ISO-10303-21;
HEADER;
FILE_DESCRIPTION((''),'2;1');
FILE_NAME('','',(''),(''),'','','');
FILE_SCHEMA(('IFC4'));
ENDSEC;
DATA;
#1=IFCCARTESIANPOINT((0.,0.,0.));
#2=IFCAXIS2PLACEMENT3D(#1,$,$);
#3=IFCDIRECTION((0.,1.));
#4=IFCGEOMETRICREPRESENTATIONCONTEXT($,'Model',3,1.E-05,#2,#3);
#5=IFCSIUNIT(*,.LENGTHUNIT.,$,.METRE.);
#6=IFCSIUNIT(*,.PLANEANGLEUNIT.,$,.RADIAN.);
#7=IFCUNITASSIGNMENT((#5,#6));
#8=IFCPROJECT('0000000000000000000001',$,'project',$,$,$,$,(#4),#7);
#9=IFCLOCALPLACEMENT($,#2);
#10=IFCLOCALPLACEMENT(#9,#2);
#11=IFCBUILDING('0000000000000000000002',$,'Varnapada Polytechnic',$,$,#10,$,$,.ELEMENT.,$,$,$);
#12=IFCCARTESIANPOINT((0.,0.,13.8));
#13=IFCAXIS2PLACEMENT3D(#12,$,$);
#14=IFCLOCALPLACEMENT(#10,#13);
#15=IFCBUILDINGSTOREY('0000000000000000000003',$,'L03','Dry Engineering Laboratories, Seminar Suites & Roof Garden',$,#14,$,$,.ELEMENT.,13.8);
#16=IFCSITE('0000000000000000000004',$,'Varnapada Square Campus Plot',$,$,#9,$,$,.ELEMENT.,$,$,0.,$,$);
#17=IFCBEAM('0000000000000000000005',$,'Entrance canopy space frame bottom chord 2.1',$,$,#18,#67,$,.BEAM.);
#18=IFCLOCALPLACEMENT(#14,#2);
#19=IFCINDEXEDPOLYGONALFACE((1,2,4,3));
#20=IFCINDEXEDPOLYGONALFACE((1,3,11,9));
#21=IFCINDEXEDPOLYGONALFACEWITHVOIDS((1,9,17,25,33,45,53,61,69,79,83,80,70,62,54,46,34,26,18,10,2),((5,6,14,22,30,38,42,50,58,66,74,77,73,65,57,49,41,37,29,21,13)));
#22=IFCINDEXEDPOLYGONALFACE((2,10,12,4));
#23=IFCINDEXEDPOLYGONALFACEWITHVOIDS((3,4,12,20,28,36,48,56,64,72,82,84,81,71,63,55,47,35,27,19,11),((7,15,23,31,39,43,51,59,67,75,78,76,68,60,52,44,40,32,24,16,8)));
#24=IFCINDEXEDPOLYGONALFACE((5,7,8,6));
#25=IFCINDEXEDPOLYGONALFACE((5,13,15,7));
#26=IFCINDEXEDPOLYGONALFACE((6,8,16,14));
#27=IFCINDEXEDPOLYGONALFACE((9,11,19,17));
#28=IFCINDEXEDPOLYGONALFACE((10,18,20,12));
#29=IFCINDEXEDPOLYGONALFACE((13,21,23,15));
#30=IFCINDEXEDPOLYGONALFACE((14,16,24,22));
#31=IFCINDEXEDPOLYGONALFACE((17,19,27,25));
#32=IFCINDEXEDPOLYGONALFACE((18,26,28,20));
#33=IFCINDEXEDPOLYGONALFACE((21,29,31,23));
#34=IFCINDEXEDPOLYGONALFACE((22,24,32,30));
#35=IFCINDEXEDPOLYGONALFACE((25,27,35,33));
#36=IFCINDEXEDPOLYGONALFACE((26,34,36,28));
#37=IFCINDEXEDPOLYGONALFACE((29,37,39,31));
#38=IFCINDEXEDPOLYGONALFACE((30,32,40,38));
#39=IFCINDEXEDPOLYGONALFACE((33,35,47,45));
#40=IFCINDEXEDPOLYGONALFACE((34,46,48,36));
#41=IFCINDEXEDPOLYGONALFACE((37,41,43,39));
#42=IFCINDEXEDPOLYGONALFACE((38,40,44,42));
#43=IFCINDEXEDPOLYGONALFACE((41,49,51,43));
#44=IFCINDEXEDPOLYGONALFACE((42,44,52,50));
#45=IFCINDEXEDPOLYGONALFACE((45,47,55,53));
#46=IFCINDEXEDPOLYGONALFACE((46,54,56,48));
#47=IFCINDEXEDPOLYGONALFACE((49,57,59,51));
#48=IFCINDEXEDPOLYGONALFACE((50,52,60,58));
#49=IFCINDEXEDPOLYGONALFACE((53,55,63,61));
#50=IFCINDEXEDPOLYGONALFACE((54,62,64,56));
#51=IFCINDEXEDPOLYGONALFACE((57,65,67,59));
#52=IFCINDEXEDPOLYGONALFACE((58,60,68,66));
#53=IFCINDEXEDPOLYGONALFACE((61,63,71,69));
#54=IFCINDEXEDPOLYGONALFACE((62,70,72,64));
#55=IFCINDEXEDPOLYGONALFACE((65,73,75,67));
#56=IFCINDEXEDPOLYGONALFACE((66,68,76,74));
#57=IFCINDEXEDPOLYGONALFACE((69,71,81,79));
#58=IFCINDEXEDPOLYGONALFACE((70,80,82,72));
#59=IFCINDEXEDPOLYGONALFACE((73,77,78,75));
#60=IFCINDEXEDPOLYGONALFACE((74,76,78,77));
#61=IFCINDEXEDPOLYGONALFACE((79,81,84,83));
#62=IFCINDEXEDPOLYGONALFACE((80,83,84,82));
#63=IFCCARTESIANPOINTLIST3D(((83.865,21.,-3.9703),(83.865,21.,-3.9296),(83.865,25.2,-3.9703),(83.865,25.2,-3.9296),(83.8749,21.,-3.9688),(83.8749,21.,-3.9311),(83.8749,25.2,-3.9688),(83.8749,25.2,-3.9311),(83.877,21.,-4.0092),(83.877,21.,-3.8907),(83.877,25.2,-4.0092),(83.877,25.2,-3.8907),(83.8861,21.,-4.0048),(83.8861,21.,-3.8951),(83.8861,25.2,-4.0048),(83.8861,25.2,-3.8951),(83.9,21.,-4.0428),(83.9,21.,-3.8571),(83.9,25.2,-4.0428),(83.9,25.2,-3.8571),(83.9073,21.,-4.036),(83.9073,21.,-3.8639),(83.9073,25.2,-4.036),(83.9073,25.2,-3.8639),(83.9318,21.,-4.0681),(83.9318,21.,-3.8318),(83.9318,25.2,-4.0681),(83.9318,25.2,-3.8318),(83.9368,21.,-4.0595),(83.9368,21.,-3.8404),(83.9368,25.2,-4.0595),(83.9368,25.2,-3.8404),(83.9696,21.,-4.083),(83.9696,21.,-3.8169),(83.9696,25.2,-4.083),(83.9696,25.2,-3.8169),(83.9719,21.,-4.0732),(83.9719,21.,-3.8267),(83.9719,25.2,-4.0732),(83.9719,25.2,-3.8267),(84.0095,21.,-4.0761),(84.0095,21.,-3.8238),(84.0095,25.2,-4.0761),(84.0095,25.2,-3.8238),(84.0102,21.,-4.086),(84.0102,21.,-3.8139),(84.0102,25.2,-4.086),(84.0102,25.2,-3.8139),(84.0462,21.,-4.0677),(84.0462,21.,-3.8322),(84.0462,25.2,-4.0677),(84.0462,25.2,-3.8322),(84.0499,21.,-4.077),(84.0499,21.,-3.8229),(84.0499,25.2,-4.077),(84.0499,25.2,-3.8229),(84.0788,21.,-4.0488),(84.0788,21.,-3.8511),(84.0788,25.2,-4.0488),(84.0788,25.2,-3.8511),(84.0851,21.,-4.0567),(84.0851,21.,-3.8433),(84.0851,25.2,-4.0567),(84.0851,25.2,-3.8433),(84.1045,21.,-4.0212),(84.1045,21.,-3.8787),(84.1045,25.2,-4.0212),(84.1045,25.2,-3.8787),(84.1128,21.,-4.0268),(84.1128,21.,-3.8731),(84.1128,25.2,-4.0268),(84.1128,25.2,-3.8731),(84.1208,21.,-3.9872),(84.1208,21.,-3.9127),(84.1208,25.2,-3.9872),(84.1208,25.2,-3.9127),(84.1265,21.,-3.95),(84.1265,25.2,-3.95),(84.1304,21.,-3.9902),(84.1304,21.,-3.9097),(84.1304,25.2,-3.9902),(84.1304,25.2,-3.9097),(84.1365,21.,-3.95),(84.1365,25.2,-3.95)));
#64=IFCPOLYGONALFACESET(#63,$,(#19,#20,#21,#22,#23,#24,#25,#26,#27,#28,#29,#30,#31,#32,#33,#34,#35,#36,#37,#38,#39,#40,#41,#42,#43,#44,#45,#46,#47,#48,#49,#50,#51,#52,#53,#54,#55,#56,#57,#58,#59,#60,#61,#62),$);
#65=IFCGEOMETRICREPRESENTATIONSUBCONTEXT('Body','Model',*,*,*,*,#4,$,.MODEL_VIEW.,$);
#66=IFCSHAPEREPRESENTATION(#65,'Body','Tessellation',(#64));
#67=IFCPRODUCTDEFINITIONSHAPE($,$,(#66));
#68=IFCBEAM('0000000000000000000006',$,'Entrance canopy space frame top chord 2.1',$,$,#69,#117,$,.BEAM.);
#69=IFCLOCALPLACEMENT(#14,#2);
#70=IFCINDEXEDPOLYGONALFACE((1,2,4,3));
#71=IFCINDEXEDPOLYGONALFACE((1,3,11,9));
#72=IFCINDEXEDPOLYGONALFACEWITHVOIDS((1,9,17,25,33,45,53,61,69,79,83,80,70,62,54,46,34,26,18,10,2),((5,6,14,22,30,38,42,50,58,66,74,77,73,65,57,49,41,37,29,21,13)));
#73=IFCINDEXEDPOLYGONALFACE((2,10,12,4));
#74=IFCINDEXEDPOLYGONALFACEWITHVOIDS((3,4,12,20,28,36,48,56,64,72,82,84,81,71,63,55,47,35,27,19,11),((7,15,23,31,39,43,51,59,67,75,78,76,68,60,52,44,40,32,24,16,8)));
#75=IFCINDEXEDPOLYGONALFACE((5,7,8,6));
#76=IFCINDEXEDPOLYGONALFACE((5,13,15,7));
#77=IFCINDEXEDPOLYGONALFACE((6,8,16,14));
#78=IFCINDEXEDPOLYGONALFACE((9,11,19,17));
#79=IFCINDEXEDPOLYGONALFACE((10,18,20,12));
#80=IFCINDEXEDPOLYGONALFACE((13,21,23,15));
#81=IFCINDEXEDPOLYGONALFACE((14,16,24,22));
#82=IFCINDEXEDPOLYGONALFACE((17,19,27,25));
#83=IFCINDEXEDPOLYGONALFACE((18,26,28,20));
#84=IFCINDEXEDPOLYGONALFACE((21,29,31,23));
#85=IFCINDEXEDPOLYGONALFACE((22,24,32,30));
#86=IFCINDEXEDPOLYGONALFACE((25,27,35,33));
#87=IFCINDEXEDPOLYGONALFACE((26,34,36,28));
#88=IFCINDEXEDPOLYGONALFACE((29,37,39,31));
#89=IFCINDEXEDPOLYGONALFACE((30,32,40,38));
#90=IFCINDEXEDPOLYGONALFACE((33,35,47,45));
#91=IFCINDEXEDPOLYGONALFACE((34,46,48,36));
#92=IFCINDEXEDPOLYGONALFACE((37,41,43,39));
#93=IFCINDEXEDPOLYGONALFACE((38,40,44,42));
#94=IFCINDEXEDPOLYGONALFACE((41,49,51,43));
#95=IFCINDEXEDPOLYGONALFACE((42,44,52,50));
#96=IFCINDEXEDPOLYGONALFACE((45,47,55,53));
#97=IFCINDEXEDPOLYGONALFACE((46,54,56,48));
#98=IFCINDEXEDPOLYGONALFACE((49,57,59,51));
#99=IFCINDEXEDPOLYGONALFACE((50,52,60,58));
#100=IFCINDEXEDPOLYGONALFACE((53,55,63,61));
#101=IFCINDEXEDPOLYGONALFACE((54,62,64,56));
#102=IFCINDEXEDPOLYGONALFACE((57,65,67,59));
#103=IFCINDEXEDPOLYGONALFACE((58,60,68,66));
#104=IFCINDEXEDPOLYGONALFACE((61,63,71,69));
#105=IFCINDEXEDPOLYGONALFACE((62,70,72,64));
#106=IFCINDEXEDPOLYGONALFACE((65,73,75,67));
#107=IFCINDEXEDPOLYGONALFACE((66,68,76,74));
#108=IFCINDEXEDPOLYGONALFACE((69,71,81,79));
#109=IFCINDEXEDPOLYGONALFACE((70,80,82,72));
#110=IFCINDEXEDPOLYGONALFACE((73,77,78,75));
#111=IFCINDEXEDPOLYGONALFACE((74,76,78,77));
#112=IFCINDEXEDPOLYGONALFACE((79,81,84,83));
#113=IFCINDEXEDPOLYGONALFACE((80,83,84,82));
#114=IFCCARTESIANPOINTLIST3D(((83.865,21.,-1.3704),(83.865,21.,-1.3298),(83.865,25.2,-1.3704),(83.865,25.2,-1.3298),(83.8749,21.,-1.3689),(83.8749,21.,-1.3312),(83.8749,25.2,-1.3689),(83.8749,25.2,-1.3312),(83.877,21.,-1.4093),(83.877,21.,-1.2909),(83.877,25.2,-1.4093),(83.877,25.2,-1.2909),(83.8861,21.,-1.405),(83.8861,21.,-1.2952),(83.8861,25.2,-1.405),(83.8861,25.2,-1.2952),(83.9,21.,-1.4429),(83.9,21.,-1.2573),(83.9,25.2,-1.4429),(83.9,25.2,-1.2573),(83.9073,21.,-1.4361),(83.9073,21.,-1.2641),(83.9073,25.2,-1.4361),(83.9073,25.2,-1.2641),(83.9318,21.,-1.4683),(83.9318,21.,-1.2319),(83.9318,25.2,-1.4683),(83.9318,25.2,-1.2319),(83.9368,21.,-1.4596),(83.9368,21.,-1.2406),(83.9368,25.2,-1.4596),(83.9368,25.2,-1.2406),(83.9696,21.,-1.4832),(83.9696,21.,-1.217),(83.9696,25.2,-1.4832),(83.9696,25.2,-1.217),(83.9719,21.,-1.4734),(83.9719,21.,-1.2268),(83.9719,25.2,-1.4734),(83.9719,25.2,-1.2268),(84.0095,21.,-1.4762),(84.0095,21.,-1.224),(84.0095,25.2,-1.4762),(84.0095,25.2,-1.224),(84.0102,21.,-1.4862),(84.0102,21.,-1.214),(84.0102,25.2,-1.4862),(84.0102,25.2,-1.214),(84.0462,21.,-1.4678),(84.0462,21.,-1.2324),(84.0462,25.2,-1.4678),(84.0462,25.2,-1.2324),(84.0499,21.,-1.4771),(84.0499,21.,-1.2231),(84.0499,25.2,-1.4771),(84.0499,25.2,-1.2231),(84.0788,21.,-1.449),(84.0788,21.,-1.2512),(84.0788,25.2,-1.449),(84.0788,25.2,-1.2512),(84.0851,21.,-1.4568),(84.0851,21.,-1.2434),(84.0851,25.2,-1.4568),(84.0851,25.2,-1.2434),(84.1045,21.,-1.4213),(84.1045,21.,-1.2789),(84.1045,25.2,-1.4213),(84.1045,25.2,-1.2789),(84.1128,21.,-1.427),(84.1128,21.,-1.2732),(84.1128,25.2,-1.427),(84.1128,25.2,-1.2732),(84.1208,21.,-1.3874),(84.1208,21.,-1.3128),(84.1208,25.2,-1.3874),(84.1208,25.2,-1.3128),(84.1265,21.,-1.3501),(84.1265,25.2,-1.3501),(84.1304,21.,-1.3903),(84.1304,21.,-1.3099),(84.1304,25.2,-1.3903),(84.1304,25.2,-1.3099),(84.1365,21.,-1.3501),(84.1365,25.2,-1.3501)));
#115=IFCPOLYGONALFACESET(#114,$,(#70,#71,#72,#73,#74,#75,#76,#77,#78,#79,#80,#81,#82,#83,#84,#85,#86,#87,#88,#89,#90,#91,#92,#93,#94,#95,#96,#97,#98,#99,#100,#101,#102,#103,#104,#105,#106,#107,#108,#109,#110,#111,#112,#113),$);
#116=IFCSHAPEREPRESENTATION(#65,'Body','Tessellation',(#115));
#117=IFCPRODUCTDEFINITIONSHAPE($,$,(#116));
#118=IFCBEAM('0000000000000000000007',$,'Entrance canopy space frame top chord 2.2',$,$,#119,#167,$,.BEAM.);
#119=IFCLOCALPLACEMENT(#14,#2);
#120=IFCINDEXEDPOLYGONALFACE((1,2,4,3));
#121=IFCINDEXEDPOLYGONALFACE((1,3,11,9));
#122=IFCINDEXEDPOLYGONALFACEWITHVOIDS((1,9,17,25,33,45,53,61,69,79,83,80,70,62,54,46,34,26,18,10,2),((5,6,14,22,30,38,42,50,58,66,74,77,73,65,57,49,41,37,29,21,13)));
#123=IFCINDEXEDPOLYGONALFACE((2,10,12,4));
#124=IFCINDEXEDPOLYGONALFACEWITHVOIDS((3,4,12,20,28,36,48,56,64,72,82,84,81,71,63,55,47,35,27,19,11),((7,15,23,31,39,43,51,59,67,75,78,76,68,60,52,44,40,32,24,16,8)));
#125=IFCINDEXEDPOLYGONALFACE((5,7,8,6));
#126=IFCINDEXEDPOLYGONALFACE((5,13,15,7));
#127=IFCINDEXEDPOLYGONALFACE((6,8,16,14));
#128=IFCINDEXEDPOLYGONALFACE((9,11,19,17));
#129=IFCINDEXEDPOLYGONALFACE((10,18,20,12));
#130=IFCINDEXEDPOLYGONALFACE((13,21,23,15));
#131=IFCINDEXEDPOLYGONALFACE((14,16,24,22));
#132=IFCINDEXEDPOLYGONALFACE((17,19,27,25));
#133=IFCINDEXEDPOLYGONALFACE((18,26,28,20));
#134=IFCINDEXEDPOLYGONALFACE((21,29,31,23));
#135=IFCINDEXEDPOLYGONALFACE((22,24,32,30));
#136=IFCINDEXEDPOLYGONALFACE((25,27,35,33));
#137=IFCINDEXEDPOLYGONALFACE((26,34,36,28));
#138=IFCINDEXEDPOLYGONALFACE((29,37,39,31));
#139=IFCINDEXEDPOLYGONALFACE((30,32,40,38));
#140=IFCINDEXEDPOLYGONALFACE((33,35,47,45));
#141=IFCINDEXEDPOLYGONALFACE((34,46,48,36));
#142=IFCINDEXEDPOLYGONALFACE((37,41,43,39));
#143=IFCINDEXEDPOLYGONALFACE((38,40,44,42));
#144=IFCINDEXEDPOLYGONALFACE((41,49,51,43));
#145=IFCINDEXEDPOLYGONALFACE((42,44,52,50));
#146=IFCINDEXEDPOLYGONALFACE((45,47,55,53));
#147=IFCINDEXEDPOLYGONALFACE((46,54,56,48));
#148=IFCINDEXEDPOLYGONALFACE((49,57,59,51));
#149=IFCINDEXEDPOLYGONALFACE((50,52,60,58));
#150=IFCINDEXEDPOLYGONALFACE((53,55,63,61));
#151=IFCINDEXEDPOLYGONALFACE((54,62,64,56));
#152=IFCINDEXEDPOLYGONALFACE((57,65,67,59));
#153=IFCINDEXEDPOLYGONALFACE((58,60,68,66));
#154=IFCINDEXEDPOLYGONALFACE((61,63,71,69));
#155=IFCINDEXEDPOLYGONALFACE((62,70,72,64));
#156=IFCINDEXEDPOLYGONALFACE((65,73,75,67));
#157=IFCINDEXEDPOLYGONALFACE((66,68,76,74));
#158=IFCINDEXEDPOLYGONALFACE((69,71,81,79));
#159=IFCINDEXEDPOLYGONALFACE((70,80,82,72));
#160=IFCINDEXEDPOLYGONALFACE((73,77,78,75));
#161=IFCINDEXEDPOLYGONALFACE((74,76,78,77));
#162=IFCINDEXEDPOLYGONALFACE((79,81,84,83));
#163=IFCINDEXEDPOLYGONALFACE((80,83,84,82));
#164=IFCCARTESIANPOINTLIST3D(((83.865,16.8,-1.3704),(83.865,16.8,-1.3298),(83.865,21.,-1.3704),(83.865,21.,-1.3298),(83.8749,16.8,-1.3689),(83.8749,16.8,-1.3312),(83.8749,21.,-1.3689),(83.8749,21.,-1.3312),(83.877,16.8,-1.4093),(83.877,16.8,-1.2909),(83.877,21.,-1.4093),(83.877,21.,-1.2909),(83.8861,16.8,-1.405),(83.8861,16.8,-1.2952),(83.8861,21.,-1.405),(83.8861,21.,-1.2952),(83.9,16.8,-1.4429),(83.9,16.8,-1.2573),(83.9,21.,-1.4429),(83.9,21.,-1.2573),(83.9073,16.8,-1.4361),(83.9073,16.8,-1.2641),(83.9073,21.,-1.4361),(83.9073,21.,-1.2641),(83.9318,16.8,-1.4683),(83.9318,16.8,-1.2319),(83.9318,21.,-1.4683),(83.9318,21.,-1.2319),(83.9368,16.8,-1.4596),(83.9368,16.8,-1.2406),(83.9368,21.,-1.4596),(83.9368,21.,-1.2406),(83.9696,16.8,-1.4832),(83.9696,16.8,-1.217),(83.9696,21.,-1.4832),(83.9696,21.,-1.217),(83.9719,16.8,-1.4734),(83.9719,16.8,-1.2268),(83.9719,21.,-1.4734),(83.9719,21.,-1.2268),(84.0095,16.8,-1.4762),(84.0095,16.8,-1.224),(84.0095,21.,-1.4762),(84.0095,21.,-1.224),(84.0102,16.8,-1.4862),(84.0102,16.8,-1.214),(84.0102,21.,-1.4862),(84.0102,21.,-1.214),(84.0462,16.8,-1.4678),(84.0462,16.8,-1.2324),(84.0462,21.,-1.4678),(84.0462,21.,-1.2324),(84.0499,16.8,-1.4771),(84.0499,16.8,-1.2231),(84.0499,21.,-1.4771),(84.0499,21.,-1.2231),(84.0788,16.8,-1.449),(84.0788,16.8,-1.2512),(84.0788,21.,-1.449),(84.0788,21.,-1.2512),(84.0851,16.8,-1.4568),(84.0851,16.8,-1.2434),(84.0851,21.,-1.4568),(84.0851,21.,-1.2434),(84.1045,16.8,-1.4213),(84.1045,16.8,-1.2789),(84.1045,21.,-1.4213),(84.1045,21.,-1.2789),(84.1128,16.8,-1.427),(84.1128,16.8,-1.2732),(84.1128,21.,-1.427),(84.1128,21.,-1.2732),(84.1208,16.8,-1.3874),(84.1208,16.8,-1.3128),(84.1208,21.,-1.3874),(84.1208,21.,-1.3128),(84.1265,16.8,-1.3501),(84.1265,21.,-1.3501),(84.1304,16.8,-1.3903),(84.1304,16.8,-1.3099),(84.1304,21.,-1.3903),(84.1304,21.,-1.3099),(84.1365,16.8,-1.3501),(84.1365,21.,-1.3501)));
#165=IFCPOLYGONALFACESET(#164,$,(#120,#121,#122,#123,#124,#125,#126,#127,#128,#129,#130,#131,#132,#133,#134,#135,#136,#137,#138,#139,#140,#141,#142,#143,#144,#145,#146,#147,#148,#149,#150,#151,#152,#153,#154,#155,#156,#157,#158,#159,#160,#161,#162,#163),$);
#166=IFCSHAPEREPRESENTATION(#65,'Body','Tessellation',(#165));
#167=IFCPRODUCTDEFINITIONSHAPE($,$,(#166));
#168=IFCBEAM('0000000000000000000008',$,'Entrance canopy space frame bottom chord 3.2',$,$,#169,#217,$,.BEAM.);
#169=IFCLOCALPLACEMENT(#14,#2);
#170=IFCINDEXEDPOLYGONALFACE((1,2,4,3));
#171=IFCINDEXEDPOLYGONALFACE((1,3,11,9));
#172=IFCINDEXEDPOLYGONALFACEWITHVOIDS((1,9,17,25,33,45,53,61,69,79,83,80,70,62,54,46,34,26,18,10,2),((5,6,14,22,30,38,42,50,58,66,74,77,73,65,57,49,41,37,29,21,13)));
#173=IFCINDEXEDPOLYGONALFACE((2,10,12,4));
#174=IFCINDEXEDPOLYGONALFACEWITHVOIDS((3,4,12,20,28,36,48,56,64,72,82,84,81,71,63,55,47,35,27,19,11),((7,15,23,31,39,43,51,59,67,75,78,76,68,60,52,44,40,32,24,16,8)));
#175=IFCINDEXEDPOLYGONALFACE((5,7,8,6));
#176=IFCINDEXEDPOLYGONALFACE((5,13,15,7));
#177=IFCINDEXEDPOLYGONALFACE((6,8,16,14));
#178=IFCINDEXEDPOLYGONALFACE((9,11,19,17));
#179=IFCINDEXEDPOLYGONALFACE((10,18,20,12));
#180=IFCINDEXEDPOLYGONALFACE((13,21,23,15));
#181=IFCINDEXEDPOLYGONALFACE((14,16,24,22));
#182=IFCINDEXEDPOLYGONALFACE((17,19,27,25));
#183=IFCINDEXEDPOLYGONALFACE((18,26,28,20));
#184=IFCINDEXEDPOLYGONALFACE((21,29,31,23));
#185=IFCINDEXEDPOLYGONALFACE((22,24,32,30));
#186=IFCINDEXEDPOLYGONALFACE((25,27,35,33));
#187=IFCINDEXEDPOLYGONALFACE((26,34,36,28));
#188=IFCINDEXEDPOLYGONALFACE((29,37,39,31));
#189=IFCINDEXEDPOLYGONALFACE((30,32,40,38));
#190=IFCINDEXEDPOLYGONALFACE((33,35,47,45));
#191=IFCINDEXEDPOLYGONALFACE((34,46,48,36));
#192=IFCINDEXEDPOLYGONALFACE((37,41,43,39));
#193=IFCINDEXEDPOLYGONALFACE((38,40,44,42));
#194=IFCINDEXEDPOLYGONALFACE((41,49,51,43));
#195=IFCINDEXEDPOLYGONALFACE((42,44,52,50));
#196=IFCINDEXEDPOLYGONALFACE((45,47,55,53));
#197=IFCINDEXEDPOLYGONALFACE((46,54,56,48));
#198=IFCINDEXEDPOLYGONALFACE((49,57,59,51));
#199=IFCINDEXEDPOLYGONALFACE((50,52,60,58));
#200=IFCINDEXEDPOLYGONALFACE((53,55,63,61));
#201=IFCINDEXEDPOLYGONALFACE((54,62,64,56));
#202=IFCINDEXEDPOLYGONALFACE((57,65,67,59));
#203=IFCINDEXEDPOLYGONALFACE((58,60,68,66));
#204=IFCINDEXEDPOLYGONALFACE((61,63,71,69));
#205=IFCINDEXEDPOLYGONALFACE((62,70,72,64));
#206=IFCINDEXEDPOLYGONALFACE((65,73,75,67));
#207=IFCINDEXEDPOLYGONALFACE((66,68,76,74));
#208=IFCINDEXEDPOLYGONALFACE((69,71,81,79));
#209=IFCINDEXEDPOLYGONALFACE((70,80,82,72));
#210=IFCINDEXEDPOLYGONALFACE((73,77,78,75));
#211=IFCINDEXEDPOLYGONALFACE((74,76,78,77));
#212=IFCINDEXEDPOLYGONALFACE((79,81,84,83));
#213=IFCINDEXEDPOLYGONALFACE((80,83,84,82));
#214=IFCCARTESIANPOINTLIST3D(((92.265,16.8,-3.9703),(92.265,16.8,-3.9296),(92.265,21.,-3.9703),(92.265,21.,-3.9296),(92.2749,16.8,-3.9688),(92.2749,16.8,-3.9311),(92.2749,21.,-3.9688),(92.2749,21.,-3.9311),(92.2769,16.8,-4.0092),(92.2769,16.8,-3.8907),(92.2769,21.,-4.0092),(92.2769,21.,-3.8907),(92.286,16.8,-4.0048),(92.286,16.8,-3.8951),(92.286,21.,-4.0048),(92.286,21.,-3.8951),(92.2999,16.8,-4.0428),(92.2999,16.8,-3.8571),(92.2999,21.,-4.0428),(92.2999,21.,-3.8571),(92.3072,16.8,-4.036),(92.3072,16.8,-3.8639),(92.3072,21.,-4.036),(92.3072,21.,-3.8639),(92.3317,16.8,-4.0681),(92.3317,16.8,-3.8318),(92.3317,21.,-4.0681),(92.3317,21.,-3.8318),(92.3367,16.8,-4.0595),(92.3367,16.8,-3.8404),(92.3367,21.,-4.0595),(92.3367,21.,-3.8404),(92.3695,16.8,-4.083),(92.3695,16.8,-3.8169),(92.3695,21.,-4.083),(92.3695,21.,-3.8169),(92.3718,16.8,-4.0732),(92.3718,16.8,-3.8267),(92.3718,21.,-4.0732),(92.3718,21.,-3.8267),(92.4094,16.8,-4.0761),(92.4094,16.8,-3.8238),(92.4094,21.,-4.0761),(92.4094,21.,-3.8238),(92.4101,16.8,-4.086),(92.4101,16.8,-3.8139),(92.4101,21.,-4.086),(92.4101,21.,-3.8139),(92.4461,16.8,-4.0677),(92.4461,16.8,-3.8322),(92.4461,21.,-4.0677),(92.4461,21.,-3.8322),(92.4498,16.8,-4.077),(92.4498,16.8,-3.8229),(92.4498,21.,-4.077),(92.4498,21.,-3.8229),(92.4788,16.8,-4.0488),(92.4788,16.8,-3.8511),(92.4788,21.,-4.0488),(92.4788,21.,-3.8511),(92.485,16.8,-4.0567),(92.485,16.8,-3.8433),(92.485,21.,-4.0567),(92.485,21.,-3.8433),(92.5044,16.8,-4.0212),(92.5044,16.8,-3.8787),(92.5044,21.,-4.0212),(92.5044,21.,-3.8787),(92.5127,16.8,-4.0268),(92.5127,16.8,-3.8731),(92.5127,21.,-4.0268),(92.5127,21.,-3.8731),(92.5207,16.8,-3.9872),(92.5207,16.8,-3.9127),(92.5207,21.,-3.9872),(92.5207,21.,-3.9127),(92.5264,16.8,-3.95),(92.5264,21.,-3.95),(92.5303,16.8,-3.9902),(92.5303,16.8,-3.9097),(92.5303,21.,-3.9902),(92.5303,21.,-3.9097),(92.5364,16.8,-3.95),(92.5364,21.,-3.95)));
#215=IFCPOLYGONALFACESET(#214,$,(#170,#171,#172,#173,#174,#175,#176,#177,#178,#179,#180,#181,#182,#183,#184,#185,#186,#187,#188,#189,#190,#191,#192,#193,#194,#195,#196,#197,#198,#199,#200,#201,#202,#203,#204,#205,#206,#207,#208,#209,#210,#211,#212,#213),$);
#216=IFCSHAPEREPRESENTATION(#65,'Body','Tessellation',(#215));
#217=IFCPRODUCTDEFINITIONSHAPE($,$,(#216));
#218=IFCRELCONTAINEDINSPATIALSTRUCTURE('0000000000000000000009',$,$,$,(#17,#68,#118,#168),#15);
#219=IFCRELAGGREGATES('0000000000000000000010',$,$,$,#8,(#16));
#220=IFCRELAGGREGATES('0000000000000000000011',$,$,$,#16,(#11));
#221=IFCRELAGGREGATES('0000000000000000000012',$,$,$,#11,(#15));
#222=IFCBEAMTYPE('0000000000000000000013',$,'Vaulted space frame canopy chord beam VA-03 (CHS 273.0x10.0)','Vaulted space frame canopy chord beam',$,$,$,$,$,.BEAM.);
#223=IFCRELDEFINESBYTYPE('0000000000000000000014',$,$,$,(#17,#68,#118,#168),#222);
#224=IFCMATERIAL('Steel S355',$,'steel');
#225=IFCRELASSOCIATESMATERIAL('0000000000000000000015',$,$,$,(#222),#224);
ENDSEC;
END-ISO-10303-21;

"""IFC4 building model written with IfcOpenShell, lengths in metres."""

from ifc_helpers import new_model, si_unit, direction, frame, origin, origin_2d, place, context, subcontext, project, spatial, hollow_circle, extrude, material, material_profile, profile_set, type_object, element, save


model = new_model("IFC4")

# Units and contexts
model_context = context("Model", 3, precision=1e-05, world=origin(), true_north=direction((0.0, 1.0)))
body_context = subcontext(model_context, "Body", "Model", "MODEL_VIEW")
ifc_project = project(units=[si_unit("LENGTHUNIT", "METRE"), si_unit("PLANEANGLEUNIT", "RADIAN")], contexts=[model_context])

# Site, building, storey
site_placement = place(None, origin())
site = spatial("IfcSite", under=ifc_project, at=site_placement, Name="Varnapada Square Campus Plot", CompositionType="ELEMENT", RefElevation=0.0)
building_placement = place(site_placement, origin())
building = spatial("IfcBuilding", under=site, at=building_placement, Name="Varnapada Polytechnic", CompositionType="ELEMENT")
storey_placement = place(building_placement, frame((0.0, 0.0, 13.8)))
storey = spatial("IfcBuildingStorey", under=building, at=storey_placement, Name="L03", Description="Dry Engineering Laboratories, Seminar Suites & Roof Garden", CompositionType="ELEMENT", Elevation=13.8)

# Shared definitions
ifc_material = material(Name="Steel S355", Category="steel")

# Beams
ifc_material_profile_1 = material_profile(ifc_material, hollow_circle(Radius=0.1365, WallThickness=0.01, at=origin_2d()), Name="CHS 273.0x10.0")
ifc_profile_set_1 = profile_set([ifc_material_profile_1], Name="Steel S355")
beam_type = type_object("IfcBeamType", Name="Vaulted space frame canopy chord beam VA-03 (CHS 273.0x10.0)", Description="Vaulted space frame canopy chord beam", PredefinedType="BEAM", material=ifc_profile_set_1)
for number, where, z_axis, x_axis, name in (
    (1, (84.0, 25.2, -3.95), (0.0, -1.0, 0.0), (1.0, 0.0, 0.0), "Entrance canopy space frame bottom chord 2.1"),
    (2, (84.0, 25.2, -1.3501), (0.0, -1.0, 0.0), (1.0, 0.0, 0.0), "Entrance canopy space frame top chord 2.1"),
    (3, (84.0, 21.0, -1.3501), (0.0, -1.0, 0.0), (1.0, 0.0, 0.0), "Entrance canopy space frame top chord 2.2"),
    (4, (92.3999, 21.0, -3.95), (0.0, -1.0, 0.0), (1.0, 0.0, 0.0), "Entrance canopy space frame bottom chord 3.2"),
):
    element("IfcBeam", number, at=place(storey_placement, frame(where, z_axis=z_axis, x_axis=x_axis)), inside=storey, type_object=beam_type, Name=name, PredefinedType="BEAM", context=body_context, shape_type="SweptSolid", body=[
        extrude(hollow_circle(Radius=0.1365, WallThickness=0.01, at=origin_2d()), origin(), (0.0, 0.0, 1.0), 4.2),
    ])

save(model, "model.ifc")
